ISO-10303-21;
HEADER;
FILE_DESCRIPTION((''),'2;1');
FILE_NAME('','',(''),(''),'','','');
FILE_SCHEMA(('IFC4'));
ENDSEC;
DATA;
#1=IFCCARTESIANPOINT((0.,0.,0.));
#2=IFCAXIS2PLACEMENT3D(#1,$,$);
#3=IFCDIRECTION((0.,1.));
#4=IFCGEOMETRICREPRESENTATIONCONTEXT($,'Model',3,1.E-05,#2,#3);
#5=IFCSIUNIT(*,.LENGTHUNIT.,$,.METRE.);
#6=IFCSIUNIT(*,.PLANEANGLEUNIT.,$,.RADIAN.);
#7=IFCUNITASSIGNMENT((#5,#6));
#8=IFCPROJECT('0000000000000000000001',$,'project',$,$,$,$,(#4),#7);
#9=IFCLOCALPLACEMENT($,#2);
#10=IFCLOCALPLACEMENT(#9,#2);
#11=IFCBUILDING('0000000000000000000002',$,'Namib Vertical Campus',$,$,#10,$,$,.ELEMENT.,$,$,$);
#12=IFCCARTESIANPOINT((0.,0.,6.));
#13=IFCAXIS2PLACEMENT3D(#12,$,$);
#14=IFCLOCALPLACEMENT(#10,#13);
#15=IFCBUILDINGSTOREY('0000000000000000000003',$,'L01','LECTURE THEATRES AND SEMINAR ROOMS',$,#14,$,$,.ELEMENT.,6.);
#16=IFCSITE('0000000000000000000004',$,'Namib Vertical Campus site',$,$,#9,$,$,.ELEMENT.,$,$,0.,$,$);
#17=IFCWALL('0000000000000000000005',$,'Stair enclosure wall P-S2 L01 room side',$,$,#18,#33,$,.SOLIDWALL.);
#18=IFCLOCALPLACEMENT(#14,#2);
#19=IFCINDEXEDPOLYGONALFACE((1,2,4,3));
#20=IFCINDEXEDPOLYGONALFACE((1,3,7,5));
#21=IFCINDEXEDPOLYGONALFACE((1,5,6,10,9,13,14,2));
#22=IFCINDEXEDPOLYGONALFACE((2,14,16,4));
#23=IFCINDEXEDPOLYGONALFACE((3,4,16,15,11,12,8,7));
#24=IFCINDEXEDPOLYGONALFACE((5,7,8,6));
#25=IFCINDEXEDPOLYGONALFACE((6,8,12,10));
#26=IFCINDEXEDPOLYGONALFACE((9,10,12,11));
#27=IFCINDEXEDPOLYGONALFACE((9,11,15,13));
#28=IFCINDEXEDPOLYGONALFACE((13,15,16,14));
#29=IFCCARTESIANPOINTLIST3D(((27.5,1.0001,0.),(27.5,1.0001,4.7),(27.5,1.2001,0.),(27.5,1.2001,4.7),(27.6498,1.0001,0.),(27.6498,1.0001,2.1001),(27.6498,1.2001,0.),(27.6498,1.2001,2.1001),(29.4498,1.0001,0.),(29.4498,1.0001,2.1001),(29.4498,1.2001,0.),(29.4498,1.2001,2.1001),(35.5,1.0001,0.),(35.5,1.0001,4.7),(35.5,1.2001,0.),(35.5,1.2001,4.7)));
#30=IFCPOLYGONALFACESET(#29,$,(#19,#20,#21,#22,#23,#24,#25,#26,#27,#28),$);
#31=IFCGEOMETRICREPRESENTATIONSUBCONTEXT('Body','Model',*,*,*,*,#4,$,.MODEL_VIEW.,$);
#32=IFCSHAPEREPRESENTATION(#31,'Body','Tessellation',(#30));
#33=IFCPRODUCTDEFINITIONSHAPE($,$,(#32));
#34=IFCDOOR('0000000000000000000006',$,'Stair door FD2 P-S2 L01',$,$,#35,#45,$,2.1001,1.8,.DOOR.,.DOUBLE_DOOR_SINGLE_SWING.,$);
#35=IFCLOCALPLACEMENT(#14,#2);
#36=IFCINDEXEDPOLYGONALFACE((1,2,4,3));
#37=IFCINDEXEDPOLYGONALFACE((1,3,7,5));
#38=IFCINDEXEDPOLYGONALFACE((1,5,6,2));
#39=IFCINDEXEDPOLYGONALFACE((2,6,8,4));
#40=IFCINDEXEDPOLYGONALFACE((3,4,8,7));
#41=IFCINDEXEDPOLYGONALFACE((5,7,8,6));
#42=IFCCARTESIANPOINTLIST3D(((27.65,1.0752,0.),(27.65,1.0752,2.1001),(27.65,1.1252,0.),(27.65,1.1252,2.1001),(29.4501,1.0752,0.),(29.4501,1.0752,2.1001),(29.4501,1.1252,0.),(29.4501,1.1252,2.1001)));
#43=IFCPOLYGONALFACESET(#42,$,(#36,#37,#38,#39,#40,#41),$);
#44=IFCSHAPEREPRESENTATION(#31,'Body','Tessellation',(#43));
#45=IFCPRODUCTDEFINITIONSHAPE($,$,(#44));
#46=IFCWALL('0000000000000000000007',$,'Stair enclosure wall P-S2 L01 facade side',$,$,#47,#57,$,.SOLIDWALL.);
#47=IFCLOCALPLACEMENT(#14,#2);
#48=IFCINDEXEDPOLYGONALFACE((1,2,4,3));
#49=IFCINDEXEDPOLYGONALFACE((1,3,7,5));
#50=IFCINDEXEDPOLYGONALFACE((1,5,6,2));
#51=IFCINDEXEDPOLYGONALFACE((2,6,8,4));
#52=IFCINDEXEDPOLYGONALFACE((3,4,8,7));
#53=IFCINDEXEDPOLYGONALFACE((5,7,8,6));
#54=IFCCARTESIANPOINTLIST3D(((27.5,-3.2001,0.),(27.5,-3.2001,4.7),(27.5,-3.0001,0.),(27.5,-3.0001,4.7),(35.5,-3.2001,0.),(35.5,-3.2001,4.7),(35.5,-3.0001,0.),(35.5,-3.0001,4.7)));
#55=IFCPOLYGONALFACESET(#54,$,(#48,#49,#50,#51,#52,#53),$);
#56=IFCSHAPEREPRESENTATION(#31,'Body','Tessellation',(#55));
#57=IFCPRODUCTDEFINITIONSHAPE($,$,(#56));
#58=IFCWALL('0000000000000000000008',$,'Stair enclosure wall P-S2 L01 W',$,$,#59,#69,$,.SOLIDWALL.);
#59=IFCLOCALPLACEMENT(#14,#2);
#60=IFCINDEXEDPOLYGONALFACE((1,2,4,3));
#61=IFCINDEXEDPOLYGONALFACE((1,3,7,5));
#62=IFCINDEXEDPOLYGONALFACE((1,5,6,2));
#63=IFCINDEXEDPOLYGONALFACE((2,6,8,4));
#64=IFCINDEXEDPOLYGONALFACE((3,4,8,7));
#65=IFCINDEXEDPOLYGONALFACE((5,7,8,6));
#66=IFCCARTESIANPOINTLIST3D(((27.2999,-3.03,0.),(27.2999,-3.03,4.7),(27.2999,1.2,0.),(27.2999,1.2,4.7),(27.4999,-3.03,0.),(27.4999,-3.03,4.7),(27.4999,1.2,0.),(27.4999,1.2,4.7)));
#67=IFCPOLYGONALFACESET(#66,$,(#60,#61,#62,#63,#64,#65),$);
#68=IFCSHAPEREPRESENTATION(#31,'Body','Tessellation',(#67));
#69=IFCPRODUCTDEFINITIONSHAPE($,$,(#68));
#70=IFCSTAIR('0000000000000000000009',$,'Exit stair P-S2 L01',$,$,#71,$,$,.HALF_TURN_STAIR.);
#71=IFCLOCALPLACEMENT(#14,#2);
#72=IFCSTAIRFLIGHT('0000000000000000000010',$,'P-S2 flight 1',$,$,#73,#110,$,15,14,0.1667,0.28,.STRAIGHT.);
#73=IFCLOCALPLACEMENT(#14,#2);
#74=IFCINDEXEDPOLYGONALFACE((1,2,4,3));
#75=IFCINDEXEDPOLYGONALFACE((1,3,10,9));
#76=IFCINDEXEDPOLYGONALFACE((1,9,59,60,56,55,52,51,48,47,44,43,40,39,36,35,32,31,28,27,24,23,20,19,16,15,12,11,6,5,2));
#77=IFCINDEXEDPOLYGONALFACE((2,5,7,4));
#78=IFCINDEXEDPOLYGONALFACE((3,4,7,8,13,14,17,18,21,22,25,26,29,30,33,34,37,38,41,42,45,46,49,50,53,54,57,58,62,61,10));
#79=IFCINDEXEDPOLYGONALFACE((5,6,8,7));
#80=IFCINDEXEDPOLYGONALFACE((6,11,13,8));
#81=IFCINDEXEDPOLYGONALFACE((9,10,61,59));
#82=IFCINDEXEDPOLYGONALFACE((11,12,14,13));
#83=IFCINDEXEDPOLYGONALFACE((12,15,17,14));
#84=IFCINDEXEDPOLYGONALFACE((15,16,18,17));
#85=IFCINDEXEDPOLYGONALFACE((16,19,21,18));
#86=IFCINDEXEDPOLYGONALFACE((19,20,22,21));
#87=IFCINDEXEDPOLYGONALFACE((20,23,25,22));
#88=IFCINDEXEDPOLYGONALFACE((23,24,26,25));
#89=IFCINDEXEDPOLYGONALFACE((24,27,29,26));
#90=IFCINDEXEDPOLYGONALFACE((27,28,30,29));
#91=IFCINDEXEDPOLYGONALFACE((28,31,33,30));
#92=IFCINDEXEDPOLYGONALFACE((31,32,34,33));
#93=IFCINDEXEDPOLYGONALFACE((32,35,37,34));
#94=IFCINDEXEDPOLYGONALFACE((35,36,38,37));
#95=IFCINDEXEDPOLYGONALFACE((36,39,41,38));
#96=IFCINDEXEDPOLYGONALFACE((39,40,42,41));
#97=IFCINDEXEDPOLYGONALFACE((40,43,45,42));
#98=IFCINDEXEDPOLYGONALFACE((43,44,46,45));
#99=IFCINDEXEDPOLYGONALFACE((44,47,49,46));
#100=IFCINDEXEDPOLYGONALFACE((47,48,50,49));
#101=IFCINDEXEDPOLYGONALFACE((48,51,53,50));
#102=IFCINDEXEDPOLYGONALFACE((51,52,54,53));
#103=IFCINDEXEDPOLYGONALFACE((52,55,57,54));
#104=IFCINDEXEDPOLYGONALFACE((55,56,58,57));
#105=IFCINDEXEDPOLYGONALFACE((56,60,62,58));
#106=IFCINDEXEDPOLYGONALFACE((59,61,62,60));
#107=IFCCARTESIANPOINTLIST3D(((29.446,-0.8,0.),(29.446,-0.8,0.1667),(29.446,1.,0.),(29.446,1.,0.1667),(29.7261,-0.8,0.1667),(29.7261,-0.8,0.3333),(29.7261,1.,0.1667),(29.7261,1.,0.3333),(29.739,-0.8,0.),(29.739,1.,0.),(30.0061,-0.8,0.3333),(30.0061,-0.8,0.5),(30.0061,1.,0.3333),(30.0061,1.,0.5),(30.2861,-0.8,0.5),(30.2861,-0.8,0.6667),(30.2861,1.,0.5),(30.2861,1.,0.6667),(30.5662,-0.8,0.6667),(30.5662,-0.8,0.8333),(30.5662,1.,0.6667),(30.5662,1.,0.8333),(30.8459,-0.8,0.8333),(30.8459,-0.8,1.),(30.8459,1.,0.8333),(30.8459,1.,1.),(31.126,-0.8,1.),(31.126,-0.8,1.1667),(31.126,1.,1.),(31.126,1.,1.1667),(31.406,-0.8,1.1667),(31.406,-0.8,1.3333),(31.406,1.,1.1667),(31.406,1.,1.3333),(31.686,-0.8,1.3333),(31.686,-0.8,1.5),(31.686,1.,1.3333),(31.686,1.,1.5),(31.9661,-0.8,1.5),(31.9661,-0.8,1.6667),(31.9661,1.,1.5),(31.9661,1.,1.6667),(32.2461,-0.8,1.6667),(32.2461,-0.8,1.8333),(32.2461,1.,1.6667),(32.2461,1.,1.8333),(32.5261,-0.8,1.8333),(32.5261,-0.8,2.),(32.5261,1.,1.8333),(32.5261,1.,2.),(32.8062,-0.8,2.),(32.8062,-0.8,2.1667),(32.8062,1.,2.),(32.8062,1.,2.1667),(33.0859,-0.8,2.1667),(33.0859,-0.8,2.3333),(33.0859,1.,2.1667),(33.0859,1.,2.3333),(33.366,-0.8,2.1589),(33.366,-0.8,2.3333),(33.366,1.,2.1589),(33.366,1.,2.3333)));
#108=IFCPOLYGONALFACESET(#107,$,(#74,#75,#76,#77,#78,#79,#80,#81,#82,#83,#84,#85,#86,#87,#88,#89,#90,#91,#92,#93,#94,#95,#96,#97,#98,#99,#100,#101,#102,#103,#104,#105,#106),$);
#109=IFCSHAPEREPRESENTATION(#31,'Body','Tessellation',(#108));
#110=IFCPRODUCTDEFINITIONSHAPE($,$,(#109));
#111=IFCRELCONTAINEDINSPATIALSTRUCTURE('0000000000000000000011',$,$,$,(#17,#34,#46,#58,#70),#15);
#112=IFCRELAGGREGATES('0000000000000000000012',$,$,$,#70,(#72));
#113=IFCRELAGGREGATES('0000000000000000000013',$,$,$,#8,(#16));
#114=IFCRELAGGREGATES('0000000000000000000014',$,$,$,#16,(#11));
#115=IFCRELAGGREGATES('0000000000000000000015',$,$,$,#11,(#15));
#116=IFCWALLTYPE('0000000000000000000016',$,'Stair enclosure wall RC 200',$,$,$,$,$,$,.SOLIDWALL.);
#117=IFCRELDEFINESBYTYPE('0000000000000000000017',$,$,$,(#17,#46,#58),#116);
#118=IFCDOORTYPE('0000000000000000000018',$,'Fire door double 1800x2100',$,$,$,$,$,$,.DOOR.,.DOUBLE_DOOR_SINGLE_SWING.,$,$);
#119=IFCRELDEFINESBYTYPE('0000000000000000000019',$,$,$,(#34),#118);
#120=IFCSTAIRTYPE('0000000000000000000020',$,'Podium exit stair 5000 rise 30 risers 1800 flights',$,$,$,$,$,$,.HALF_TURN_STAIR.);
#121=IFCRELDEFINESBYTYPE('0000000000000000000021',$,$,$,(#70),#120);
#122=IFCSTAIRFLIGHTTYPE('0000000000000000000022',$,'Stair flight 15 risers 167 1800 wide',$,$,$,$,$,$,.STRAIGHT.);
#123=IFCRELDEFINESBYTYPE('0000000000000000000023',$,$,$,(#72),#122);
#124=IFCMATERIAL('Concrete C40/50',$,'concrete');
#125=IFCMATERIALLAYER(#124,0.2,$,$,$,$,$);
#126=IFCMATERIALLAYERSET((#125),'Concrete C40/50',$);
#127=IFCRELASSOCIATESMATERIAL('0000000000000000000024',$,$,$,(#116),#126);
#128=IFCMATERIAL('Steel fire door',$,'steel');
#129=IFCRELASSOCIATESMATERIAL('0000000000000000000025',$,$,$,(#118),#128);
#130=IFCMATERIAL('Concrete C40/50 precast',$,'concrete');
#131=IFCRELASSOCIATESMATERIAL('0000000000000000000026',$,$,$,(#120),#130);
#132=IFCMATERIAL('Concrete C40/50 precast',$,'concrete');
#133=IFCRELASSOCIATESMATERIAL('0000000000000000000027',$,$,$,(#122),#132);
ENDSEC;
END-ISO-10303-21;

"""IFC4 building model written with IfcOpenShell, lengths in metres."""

from ifc_helpers import new_model, si_unit, direction, frame, frame_2d, origin, place, context, subcontext, project, spatial, polyline, rectangle, outline, extrude, material, layer, layer_set, type_object, element, fill, aggregate, save


model = new_model("IFC4")

# Units and contexts
model_context = context("Model", 3, precision=1e-05, world=origin(), true_north=direction((0.0, 1.0)))
body_context = subcontext(model_context, "Body", "Model", "MODEL_VIEW")
ifc_project = project(units=[si_unit("LENGTHUNIT", "METRE"), si_unit("PLANEANGLEUNIT", "RADIAN")], contexts=[model_context])

# Site, building, storey
site_placement = place(None, origin())
site = spatial("IfcSite", under=ifc_project, at=site_placement, Name="Namib Vertical Campus site", CompositionType="ELEMENT", RefElevation=0.0)
building_placement = place(site_placement, origin())
building = spatial("IfcBuilding", under=site, at=building_placement, Name="Namib Vertical Campus", CompositionType="ELEMENT")
storey_placement = place(building_placement, frame((0.0, 0.0, 6.0)))
storey = spatial("IfcBuildingStorey", under=building, at=storey_placement, Name="L01", Description="LECTURE THEATRES AND SEMINAR ROOMS", CompositionType="ELEMENT", Elevation=6.0)

# Wall, opening, door
ifc_material_1 = material(Name="Concrete C40/50", Category="concrete")
ifc_layer_1 = layer(ifc_material_1, 0.2)
ifc_layer_set_1 = layer_set([ifc_layer_1], Name="Concrete C40/50")
wall_type_1 = type_object("IfcWallType", Name="Stair enclosure wall RC 200", PredefinedType="SOLIDWALL", material=ifc_layer_set_1)
wall_1_placement = place(storey_placement, frame((27.5, 1.1001, 0.0), z_axis=(0.0, 0.0, 1.0), x_axis=(1.0, 0.0, 0.0)))
wall_1 = element("IfcWall", 1, at=wall_1_placement, inside=storey, type_object=wall_type_1, Name="Stair enclosure wall P-S2 L01 room side", PredefinedType="SOLIDWALL", context=body_context, shape_type="SweptSolid", body=[
    extrude(rectangle(XDim=8.0, YDim=0.2, at=frame_2d((4.0, 0.0))), origin(), (0.0, 0.0, 1.0), 4.7),
])
opening_placement = place(wall_1_placement, frame((0.1499, 0.0, 0.0)))
opening = element("IfcOpeningElement", 2, at=opening_placement, cuts=wall_1, PredefinedType="OPENING", context=body_context, shape_type="SweptSolid", body=[
    extrude(rectangle(XDim=1.8, YDim=2.1001, at=frame_2d((0.8999, 1.05))), frame((0.0, 0.1099, 0.0), z_axis=(0.0, -1.0, 0.0), x_axis=(1.0, 0.0, 0.0)), (0.0, 0.0, 1.0), 0.22),
])
ifc_material_2 = material(Name="Steel fire door", Category="steel")
door_type = type_object("IfcDoorType", Name="Fire door double 1800x2100", OperationType="DOUBLE_DOOR_SINGLE_SWING", PredefinedType="DOOR", material=ifc_material_2)
door_placement = place(opening_placement, frame((1.8, 0.0, 0.0), z_axis=(0.0, 0.0, 1.0), x_axis=(-1.0, 0.0, 0.0)))
door = element("IfcDoor", 3, at=door_placement, inside=storey, type_object=door_type, Name="Stair door FD2 P-S2 L01", OperationType="DOUBLE_DOOR_SINGLE_SWING", OverallHeight=2.1001, OverallWidth=1.8, PredefinedType="DOOR", context=body_context, shape_type="SweptSolid", body=[
    extrude(rectangle(XDim=1.8, YDim=2.1001, at=frame_2d((0.8999, 1.05))), frame((0.0, 0.0249, 0.0), z_axis=(0.0, -1.0, 0.0), x_axis=(1.0, 0.0, 0.0)), (0.0, 0.0, 1.0), 0.05),
])
fill(opening, door)

# Walls
wall_2_placement = place(storey_placement, frame((27.5, -3.1001, 0.0), z_axis=(0.0, 0.0, 1.0), x_axis=(1.0, 0.0, 0.0)))
element("IfcWall", 4, at=wall_2_placement, inside=storey, type_object=wall_type_1, Name="Stair enclosure wall P-S2 L01 facade side", PredefinedType="SOLIDWALL", context=body_context, shape_type="SweptSolid", body=[
    extrude(rectangle(XDim=8.0, YDim=0.2, at=frame_2d((4.0, 0.0))), origin(), (0.0, 0.0, 1.0), 4.7),
])
wall_3_placement = place(storey_placement, frame((27.3999, -3.03, 0.0), z_axis=(0.0, 0.0, 1.0), x_axis=(0.0, 1.0, 0.0)))
element("IfcWall", 5, at=wall_3_placement, inside=storey, type_object=wall_type_1, Name="Stair enclosure wall P-S2 L01 W", PredefinedType="SOLIDWALL", context=body_context, shape_type="SweptSolid", body=[
    extrude(rectangle(XDim=4.23, YDim=0.2, at=frame_2d((2.115, 0.0))), origin(), (0.0, 0.0, 1.0), 4.7),
])

# Stair, stair flight
ifc_material_3 = material(Name="Concrete C40/50 precast", Category="concrete")
stair_type = type_object("IfcStairType", Name="Podium exit stair 5000 rise 30 risers 1800 flights", PredefinedType="HALF_TURN_STAIR", material=ifc_material_3)
stair_placement = place(storey_placement, origin())
stair = element("IfcStair", 6, at=stair_placement, inside=storey, type_object=stair_type, Name="Exit stair P-S2 L01", PredefinedType="HALF_TURN_STAIR")
ifc_material_4 = material(Name="Concrete C40/50 precast", Category="concrete")
stair_flight_type = type_object("IfcStairFlightType", Name="Stair flight 15 risers 167 1800 wide", PredefinedType="STRAIGHT", material=ifc_material_4)
stair_flight_placement = place(storey_placement, frame((29.446, 0.1001, 0.0), z_axis=(0.0, 0.0, 1.0), x_axis=(1.0, 0.0, 0.0)))
stair_flight = element("IfcStairFlight", 7, at=stair_flight_placement, type_object=stair_flight_type, Name="P-S2 flight 1", NumberOfRisers=15, NumberOfTreads=14, PredefinedType="STRAIGHT", RiserHeight=0.1667, TreadLength=0.28, context=body_context, shape_type="SweptSolid", body=[
    extrude(outline(polyline([(0.0, 0.0), (0.0, 0.1667), (0.28, 0.1667), (0.28, 0.3333), (0.5601, 0.3333), (0.5601, 0.5), (0.8401, 0.5), (0.8401, 0.6667), (1.1201, 0.6667), (1.1201, 0.8333), (1.3999, 0.8333), (1.3999, 1.0), (1.6799, 1.0), (1.6799, 1.1667), (1.96, 1.1667), (1.96, 1.3333), (2.24, 1.3333), (2.24, 1.5), (2.52, 1.5), (2.52, 1.6667), (2.8, 1.6667), (2.8, 1.8333), (3.0801, 1.8333), (3.0801, 2.0), (3.3601, 2.0), (3.3601, 2.1667), (3.6399, 2.1667), (3.6399, 2.3333), (3.9199, 2.3333), (3.9199, 2.5), (3.9199, 2.1589), (0.293, 0.0), (0.0, 0.0)])), frame((0.0, 0.8999, 0.0), z_axis=(0.0, -1.0, 0.0), x_axis=(1.0, 0.0, 0.0)), (0.0, 0.0, 1.0), 1.8),
])
aggregate(stair, [stair_flight])

save(model, "model.ifc")
